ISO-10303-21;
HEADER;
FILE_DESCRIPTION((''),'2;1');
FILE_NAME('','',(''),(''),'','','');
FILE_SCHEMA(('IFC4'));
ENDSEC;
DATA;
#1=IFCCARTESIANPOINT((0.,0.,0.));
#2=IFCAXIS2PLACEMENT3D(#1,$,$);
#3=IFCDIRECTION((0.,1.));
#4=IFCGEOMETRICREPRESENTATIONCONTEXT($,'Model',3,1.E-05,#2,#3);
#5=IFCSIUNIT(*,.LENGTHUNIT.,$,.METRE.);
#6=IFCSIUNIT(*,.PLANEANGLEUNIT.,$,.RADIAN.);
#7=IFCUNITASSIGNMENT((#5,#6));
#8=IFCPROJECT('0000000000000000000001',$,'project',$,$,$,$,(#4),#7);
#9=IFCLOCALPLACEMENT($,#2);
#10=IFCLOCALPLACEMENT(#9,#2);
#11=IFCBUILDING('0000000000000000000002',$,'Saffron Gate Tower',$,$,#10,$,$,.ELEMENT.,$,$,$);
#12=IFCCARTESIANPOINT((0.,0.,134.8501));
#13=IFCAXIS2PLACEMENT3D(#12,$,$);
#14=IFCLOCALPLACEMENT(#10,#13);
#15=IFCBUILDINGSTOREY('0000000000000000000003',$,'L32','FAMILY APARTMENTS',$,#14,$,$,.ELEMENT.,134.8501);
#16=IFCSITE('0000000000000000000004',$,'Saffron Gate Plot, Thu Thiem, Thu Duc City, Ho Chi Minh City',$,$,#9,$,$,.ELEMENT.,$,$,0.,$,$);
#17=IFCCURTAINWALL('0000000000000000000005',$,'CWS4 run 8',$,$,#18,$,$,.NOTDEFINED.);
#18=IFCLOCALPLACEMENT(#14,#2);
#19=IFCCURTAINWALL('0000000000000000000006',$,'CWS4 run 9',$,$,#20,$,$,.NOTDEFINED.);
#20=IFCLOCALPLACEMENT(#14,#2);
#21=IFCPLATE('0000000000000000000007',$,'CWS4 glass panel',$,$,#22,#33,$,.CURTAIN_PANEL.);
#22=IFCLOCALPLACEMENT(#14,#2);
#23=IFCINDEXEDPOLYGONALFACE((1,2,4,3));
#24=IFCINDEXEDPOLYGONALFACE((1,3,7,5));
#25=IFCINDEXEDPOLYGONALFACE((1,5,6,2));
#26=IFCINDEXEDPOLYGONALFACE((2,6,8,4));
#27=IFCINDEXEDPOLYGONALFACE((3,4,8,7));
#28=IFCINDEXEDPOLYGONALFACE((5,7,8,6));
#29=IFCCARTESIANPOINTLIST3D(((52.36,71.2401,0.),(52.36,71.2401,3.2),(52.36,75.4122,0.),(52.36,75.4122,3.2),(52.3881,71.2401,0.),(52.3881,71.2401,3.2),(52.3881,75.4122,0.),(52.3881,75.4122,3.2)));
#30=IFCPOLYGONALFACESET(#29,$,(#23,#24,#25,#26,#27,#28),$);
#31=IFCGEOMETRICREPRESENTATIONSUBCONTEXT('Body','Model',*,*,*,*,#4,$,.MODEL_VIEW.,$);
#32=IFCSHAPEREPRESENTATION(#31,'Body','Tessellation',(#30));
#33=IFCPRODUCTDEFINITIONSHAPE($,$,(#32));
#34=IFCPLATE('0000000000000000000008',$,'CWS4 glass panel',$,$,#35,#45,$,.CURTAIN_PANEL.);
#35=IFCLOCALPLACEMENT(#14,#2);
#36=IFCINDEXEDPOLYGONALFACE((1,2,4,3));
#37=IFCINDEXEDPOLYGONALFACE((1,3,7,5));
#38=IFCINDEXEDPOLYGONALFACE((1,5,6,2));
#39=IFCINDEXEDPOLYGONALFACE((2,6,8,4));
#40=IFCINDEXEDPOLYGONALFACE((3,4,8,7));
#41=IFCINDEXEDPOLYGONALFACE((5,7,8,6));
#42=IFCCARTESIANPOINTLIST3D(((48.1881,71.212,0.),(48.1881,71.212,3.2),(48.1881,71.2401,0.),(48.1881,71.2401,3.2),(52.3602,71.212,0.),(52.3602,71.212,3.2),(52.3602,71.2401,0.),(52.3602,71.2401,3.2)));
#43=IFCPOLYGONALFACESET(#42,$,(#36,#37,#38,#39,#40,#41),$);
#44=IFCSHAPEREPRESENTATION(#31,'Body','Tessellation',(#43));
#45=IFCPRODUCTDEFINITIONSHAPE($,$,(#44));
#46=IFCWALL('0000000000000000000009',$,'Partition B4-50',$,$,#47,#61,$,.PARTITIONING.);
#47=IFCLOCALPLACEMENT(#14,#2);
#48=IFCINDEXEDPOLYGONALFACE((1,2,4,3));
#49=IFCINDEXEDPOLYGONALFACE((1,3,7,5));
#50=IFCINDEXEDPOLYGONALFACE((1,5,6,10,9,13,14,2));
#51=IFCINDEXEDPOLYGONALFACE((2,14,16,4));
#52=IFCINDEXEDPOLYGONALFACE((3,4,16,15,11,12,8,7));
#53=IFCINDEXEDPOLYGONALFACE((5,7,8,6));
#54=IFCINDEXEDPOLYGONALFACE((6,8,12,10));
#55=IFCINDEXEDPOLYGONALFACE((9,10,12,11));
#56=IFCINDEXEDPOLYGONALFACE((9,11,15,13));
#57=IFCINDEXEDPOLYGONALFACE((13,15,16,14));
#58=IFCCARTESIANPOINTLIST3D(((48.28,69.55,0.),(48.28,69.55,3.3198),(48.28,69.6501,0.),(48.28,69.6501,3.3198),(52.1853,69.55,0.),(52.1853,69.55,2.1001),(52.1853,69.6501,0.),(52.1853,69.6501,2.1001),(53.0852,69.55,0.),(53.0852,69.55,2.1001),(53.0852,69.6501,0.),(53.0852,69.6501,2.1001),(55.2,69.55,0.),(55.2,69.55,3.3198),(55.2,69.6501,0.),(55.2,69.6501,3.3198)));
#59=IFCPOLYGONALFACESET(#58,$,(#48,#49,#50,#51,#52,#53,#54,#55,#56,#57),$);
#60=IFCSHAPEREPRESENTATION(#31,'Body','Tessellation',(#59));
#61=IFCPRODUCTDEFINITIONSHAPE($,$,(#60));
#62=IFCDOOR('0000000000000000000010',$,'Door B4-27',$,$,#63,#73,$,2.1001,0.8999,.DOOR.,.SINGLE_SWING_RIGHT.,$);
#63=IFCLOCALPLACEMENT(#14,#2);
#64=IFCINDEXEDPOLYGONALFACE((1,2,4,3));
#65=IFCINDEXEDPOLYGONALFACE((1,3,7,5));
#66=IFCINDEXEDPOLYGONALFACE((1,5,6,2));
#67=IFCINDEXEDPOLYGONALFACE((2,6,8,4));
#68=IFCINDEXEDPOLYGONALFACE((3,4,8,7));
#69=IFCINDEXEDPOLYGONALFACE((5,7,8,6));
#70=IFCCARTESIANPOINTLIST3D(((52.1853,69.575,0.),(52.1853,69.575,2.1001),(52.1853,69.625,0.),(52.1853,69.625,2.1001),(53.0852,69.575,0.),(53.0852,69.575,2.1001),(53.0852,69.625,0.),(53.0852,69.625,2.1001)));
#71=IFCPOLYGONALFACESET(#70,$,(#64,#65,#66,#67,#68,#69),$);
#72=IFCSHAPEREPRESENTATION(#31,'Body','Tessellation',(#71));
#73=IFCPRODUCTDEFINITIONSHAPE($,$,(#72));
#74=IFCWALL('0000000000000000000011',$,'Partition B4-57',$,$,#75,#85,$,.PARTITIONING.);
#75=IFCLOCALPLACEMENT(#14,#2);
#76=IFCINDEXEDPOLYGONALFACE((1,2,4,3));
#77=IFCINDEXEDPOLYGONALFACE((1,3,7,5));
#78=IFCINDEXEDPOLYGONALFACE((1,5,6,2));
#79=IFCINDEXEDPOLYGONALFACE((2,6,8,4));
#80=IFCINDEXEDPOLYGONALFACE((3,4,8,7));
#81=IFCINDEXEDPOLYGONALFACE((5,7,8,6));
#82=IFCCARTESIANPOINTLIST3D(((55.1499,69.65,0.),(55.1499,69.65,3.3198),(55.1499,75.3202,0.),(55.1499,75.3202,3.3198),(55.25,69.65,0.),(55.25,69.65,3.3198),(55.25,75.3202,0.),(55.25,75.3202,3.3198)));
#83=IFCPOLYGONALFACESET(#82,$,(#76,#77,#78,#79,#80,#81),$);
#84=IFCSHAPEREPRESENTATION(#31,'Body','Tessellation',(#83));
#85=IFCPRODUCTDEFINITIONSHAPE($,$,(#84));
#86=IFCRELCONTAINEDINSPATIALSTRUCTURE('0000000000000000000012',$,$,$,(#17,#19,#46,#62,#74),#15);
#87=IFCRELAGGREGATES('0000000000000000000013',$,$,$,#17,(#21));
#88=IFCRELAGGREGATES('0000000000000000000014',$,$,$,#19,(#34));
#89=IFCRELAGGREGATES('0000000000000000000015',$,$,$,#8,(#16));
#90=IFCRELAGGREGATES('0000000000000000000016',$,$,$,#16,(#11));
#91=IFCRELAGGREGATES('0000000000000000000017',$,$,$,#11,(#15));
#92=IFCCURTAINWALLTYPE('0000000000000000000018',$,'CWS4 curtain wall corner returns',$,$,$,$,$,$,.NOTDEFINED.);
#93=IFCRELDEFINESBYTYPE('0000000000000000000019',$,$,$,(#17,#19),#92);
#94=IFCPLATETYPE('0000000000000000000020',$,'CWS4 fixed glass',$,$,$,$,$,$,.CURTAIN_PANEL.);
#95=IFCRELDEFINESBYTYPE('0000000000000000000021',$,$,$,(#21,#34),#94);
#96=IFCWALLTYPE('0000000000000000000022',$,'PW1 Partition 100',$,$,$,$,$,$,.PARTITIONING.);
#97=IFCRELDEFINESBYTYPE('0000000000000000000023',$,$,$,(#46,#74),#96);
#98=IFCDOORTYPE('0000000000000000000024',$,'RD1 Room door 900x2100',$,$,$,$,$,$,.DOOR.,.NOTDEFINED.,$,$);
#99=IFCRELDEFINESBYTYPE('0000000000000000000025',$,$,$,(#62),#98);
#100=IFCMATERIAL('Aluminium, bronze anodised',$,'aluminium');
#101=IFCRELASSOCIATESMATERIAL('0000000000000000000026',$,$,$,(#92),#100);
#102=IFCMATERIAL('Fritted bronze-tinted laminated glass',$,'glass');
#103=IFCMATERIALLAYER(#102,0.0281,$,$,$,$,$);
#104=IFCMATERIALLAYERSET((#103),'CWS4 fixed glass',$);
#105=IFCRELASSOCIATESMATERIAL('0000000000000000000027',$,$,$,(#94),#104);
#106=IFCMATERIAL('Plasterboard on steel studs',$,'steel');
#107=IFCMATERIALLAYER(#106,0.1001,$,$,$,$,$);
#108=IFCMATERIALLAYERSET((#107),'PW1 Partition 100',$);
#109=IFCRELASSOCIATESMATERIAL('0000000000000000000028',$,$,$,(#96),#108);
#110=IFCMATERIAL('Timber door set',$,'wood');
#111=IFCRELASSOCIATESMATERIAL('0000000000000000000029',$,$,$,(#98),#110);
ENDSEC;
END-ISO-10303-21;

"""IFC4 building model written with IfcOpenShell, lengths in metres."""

from ifc_helpers import new_model, si_unit, direction, frame, frame_2d, origin, place, context, subcontext, project, spatial, rectangle, extrude, material, layer, layer_set, type_object, element, fill, aggregate, save


model = new_model("IFC4")

# Units and contexts
model_context = context("Model", 3, precision=1e-05, world=origin(), true_north=direction((0.0, 1.0)))
body_context = subcontext(model_context, "Body", "Model", "MODEL_VIEW")
ifc_project = project(units=[si_unit("LENGTHUNIT", "METRE"), si_unit("PLANEANGLEUNIT", "RADIAN")], contexts=[model_context])

# Site, building, storey
site_placement = place(None, origin())
site = spatial("IfcSite", under=ifc_project, at=site_placement, Name="Saffron Gate Plot, Thu Thiem, Thu Duc City, Ho Chi Minh City", CompositionType="ELEMENT", RefElevation=0.0)
building_placement = place(site_placement, origin())
building = spatial("IfcBuilding", under=site, at=building_placement, Name="Saffron Gate Tower", CompositionType="ELEMENT")
storey_placement = place(building_placement, frame((0.0, 0.0, 134.8501)))
storey = spatial("IfcBuildingStorey", under=building, at=storey_placement, Name="L32", Description="FAMILY APARTMENTS", CompositionType="ELEMENT", Elevation=134.8501)

# Shared definitions
ifc_material_1 = material(Name="Aluminium, bronze anodised", Category="aluminium")

# Curtain walls
curtain_wall_type_1 = type_object("IfcCurtainWallType", Name="CWS4 curtain wall corner returns", PredefinedType="NOTDEFINED", material=ifc_material_1)
curtain_wall_1_placement = place(storey_placement, origin())
curtain_wall_1 = element("IfcCurtainWall", 1, at=curtain_wall_1_placement, inside=storey, type_object=curtain_wall_type_1, Name="CWS4 run 8", PredefinedType="NOTDEFINED")
curtain_wall_2_placement = place(storey_placement, origin())
curtain_wall_2 = element("IfcCurtainWall", 2, at=curtain_wall_2_placement, inside=storey, type_object=curtain_wall_type_1, Name="CWS4 run 9", PredefinedType="NOTDEFINED")

# Shared definitions
ifc_material_2 = material(Name="Fritted bronze-tinted laminated glass", Category="glass")

# Plates
ifc_layer_1 = layer(ifc_material_2, 0.0281)
ifc_layer_set_1 = layer_set([ifc_layer_1], Name="CWS4 fixed glass")
plate_type_1 = type_object("IfcPlateType", Name="CWS4 fixed glass", PredefinedType="CURTAIN_PANEL", material=ifc_layer_set_1)
plate_1_placement = place(storey_placement, frame((52.374, 75.4121, 0.0), z_axis=(0.0, 0.0, 1.0), x_axis=(0.0, -1.0, 0.0)))
plate_1 = element("IfcPlate", 3, at=plate_1_placement, type_object=plate_type_1, Name="CWS4 glass panel", PredefinedType="CURTAIN_PANEL", context=body_context, shape_type="SweptSolid", body=[
    extrude(rectangle(XDim=4.1721, YDim=0.0281, at=frame_2d((2.0859, 0.0))), origin(), (0.0, 0.0, 1.0), 3.2),
])
aggregate(curtain_wall_1, [plate_1])
plate_2_placement = place(storey_placement, frame((52.3601, 71.2261, 0.0), z_axis=(0.0, 0.0, 1.0), x_axis=(-1.0, 0.0, 0.0)))
plate_2 = element("IfcPlate", 4, at=plate_2_placement, type_object=plate_type_1, Name="CWS4 glass panel", PredefinedType="CURTAIN_PANEL", context=body_context, shape_type="SweptSolid", body=[
    extrude(rectangle(XDim=4.1721, YDim=0.0281, at=frame_2d((2.0859, 0.0))), origin(), (0.0, 0.0, 1.0), 3.2),
])
aggregate(curtain_wall_2, [plate_2])

# Wall, opening, door
ifc_material_3 = material(Name="Plasterboard on steel studs", Category="steel")
ifc_layer_2 = layer(ifc_material_3, 0.1001)
ifc_layer_set_2 = layer_set([ifc_layer_2], Name="PW1 Partition 100")
wall_type = type_object("IfcWallType", Name="PW1 Partition 100", PredefinedType="PARTITIONING", material=ifc_layer_set_2)
wall_1_placement = place(storey_placement, frame((48.28, 69.6001, 0.0), z_axis=(0.0, 0.0, 1.0), x_axis=(1.0, 0.0, 0.0)))
wall_1 = element("IfcWall", 5, at=wall_1_placement, inside=storey, type_object=wall_type, Name="Partition B4-50", PredefinedType="PARTITIONING", context=body_context, shape_type="SweptSolid", body=[
    extrude(rectangle(XDim=6.9199, YDim=0.1001, at=frame_2d((3.46, 0.0))), origin(), (0.0, 0.0, 1.0), 3.3198),
])
opening_1_placement = place(wall_1_placement, frame((3.9053, 0.0, 0.0)))
opening_1 = element("IfcOpeningElement", 6, at=opening_1_placement, cuts=wall_1, PredefinedType="OPENING", context=body_context, shape_type="SweptSolid", body=[
    extrude(rectangle(XDim=0.8999, YDim=2.1001, at=frame_2d((0.45, 1.05))), frame((0.0, 0.0601, 0.0), z_axis=(0.0, -1.0, 0.0), x_axis=(1.0, 0.0, 0.0)), (0.0, 0.0, 1.0), 0.1201),
])
ifc_material_4 = material(Name="Timber door set", Category="wood")
door_type = type_object("IfcDoorType", Name="RD1 Room door 900x2100", OperationType="NOTDEFINED", PredefinedType="DOOR", material=ifc_material_4)
door_placement = place(opening_1_placement, origin())
door = element("IfcDoor", 7, at=door_placement, inside=storey, type_object=door_type, Name="Door B4-27", OperationType="SINGLE_SWING_RIGHT", OverallHeight=2.1001, OverallWidth=0.8999, PredefinedType="DOOR", context=body_context, shape_type="SweptSolid", body=[
    extrude(rectangle(XDim=0.8999, YDim=2.1001, at=frame_2d((0.45, 1.05))), frame((0.0, 0.0249, 0.0), z_axis=(0.0, -1.0, 0.0), x_axis=(1.0, 0.0, 0.0)), (0.0, 0.0, 1.0), 0.05),
])
fill(opening_1, door)

# Wall
wall_2_placement = place(storey_placement, frame((55.2, 75.3201, 0.0), z_axis=(0.0, 0.0, 1.0), x_axis=(0.0, -1.0, 0.0)))
element("IfcWall", 8, at=wall_2_placement, inside=storey, type_object=wall_type, Name="Partition B4-57", PredefinedType="PARTITIONING", context=body_context, shape_type="SweptSolid", body=[
    extrude(rectangle(XDim=5.6702, YDim=0.1001, at=frame_2d((2.835, 0.0))), origin(), (0.0, 0.0, 1.0), 3.3198),
])

save(model, "model.ifc")
